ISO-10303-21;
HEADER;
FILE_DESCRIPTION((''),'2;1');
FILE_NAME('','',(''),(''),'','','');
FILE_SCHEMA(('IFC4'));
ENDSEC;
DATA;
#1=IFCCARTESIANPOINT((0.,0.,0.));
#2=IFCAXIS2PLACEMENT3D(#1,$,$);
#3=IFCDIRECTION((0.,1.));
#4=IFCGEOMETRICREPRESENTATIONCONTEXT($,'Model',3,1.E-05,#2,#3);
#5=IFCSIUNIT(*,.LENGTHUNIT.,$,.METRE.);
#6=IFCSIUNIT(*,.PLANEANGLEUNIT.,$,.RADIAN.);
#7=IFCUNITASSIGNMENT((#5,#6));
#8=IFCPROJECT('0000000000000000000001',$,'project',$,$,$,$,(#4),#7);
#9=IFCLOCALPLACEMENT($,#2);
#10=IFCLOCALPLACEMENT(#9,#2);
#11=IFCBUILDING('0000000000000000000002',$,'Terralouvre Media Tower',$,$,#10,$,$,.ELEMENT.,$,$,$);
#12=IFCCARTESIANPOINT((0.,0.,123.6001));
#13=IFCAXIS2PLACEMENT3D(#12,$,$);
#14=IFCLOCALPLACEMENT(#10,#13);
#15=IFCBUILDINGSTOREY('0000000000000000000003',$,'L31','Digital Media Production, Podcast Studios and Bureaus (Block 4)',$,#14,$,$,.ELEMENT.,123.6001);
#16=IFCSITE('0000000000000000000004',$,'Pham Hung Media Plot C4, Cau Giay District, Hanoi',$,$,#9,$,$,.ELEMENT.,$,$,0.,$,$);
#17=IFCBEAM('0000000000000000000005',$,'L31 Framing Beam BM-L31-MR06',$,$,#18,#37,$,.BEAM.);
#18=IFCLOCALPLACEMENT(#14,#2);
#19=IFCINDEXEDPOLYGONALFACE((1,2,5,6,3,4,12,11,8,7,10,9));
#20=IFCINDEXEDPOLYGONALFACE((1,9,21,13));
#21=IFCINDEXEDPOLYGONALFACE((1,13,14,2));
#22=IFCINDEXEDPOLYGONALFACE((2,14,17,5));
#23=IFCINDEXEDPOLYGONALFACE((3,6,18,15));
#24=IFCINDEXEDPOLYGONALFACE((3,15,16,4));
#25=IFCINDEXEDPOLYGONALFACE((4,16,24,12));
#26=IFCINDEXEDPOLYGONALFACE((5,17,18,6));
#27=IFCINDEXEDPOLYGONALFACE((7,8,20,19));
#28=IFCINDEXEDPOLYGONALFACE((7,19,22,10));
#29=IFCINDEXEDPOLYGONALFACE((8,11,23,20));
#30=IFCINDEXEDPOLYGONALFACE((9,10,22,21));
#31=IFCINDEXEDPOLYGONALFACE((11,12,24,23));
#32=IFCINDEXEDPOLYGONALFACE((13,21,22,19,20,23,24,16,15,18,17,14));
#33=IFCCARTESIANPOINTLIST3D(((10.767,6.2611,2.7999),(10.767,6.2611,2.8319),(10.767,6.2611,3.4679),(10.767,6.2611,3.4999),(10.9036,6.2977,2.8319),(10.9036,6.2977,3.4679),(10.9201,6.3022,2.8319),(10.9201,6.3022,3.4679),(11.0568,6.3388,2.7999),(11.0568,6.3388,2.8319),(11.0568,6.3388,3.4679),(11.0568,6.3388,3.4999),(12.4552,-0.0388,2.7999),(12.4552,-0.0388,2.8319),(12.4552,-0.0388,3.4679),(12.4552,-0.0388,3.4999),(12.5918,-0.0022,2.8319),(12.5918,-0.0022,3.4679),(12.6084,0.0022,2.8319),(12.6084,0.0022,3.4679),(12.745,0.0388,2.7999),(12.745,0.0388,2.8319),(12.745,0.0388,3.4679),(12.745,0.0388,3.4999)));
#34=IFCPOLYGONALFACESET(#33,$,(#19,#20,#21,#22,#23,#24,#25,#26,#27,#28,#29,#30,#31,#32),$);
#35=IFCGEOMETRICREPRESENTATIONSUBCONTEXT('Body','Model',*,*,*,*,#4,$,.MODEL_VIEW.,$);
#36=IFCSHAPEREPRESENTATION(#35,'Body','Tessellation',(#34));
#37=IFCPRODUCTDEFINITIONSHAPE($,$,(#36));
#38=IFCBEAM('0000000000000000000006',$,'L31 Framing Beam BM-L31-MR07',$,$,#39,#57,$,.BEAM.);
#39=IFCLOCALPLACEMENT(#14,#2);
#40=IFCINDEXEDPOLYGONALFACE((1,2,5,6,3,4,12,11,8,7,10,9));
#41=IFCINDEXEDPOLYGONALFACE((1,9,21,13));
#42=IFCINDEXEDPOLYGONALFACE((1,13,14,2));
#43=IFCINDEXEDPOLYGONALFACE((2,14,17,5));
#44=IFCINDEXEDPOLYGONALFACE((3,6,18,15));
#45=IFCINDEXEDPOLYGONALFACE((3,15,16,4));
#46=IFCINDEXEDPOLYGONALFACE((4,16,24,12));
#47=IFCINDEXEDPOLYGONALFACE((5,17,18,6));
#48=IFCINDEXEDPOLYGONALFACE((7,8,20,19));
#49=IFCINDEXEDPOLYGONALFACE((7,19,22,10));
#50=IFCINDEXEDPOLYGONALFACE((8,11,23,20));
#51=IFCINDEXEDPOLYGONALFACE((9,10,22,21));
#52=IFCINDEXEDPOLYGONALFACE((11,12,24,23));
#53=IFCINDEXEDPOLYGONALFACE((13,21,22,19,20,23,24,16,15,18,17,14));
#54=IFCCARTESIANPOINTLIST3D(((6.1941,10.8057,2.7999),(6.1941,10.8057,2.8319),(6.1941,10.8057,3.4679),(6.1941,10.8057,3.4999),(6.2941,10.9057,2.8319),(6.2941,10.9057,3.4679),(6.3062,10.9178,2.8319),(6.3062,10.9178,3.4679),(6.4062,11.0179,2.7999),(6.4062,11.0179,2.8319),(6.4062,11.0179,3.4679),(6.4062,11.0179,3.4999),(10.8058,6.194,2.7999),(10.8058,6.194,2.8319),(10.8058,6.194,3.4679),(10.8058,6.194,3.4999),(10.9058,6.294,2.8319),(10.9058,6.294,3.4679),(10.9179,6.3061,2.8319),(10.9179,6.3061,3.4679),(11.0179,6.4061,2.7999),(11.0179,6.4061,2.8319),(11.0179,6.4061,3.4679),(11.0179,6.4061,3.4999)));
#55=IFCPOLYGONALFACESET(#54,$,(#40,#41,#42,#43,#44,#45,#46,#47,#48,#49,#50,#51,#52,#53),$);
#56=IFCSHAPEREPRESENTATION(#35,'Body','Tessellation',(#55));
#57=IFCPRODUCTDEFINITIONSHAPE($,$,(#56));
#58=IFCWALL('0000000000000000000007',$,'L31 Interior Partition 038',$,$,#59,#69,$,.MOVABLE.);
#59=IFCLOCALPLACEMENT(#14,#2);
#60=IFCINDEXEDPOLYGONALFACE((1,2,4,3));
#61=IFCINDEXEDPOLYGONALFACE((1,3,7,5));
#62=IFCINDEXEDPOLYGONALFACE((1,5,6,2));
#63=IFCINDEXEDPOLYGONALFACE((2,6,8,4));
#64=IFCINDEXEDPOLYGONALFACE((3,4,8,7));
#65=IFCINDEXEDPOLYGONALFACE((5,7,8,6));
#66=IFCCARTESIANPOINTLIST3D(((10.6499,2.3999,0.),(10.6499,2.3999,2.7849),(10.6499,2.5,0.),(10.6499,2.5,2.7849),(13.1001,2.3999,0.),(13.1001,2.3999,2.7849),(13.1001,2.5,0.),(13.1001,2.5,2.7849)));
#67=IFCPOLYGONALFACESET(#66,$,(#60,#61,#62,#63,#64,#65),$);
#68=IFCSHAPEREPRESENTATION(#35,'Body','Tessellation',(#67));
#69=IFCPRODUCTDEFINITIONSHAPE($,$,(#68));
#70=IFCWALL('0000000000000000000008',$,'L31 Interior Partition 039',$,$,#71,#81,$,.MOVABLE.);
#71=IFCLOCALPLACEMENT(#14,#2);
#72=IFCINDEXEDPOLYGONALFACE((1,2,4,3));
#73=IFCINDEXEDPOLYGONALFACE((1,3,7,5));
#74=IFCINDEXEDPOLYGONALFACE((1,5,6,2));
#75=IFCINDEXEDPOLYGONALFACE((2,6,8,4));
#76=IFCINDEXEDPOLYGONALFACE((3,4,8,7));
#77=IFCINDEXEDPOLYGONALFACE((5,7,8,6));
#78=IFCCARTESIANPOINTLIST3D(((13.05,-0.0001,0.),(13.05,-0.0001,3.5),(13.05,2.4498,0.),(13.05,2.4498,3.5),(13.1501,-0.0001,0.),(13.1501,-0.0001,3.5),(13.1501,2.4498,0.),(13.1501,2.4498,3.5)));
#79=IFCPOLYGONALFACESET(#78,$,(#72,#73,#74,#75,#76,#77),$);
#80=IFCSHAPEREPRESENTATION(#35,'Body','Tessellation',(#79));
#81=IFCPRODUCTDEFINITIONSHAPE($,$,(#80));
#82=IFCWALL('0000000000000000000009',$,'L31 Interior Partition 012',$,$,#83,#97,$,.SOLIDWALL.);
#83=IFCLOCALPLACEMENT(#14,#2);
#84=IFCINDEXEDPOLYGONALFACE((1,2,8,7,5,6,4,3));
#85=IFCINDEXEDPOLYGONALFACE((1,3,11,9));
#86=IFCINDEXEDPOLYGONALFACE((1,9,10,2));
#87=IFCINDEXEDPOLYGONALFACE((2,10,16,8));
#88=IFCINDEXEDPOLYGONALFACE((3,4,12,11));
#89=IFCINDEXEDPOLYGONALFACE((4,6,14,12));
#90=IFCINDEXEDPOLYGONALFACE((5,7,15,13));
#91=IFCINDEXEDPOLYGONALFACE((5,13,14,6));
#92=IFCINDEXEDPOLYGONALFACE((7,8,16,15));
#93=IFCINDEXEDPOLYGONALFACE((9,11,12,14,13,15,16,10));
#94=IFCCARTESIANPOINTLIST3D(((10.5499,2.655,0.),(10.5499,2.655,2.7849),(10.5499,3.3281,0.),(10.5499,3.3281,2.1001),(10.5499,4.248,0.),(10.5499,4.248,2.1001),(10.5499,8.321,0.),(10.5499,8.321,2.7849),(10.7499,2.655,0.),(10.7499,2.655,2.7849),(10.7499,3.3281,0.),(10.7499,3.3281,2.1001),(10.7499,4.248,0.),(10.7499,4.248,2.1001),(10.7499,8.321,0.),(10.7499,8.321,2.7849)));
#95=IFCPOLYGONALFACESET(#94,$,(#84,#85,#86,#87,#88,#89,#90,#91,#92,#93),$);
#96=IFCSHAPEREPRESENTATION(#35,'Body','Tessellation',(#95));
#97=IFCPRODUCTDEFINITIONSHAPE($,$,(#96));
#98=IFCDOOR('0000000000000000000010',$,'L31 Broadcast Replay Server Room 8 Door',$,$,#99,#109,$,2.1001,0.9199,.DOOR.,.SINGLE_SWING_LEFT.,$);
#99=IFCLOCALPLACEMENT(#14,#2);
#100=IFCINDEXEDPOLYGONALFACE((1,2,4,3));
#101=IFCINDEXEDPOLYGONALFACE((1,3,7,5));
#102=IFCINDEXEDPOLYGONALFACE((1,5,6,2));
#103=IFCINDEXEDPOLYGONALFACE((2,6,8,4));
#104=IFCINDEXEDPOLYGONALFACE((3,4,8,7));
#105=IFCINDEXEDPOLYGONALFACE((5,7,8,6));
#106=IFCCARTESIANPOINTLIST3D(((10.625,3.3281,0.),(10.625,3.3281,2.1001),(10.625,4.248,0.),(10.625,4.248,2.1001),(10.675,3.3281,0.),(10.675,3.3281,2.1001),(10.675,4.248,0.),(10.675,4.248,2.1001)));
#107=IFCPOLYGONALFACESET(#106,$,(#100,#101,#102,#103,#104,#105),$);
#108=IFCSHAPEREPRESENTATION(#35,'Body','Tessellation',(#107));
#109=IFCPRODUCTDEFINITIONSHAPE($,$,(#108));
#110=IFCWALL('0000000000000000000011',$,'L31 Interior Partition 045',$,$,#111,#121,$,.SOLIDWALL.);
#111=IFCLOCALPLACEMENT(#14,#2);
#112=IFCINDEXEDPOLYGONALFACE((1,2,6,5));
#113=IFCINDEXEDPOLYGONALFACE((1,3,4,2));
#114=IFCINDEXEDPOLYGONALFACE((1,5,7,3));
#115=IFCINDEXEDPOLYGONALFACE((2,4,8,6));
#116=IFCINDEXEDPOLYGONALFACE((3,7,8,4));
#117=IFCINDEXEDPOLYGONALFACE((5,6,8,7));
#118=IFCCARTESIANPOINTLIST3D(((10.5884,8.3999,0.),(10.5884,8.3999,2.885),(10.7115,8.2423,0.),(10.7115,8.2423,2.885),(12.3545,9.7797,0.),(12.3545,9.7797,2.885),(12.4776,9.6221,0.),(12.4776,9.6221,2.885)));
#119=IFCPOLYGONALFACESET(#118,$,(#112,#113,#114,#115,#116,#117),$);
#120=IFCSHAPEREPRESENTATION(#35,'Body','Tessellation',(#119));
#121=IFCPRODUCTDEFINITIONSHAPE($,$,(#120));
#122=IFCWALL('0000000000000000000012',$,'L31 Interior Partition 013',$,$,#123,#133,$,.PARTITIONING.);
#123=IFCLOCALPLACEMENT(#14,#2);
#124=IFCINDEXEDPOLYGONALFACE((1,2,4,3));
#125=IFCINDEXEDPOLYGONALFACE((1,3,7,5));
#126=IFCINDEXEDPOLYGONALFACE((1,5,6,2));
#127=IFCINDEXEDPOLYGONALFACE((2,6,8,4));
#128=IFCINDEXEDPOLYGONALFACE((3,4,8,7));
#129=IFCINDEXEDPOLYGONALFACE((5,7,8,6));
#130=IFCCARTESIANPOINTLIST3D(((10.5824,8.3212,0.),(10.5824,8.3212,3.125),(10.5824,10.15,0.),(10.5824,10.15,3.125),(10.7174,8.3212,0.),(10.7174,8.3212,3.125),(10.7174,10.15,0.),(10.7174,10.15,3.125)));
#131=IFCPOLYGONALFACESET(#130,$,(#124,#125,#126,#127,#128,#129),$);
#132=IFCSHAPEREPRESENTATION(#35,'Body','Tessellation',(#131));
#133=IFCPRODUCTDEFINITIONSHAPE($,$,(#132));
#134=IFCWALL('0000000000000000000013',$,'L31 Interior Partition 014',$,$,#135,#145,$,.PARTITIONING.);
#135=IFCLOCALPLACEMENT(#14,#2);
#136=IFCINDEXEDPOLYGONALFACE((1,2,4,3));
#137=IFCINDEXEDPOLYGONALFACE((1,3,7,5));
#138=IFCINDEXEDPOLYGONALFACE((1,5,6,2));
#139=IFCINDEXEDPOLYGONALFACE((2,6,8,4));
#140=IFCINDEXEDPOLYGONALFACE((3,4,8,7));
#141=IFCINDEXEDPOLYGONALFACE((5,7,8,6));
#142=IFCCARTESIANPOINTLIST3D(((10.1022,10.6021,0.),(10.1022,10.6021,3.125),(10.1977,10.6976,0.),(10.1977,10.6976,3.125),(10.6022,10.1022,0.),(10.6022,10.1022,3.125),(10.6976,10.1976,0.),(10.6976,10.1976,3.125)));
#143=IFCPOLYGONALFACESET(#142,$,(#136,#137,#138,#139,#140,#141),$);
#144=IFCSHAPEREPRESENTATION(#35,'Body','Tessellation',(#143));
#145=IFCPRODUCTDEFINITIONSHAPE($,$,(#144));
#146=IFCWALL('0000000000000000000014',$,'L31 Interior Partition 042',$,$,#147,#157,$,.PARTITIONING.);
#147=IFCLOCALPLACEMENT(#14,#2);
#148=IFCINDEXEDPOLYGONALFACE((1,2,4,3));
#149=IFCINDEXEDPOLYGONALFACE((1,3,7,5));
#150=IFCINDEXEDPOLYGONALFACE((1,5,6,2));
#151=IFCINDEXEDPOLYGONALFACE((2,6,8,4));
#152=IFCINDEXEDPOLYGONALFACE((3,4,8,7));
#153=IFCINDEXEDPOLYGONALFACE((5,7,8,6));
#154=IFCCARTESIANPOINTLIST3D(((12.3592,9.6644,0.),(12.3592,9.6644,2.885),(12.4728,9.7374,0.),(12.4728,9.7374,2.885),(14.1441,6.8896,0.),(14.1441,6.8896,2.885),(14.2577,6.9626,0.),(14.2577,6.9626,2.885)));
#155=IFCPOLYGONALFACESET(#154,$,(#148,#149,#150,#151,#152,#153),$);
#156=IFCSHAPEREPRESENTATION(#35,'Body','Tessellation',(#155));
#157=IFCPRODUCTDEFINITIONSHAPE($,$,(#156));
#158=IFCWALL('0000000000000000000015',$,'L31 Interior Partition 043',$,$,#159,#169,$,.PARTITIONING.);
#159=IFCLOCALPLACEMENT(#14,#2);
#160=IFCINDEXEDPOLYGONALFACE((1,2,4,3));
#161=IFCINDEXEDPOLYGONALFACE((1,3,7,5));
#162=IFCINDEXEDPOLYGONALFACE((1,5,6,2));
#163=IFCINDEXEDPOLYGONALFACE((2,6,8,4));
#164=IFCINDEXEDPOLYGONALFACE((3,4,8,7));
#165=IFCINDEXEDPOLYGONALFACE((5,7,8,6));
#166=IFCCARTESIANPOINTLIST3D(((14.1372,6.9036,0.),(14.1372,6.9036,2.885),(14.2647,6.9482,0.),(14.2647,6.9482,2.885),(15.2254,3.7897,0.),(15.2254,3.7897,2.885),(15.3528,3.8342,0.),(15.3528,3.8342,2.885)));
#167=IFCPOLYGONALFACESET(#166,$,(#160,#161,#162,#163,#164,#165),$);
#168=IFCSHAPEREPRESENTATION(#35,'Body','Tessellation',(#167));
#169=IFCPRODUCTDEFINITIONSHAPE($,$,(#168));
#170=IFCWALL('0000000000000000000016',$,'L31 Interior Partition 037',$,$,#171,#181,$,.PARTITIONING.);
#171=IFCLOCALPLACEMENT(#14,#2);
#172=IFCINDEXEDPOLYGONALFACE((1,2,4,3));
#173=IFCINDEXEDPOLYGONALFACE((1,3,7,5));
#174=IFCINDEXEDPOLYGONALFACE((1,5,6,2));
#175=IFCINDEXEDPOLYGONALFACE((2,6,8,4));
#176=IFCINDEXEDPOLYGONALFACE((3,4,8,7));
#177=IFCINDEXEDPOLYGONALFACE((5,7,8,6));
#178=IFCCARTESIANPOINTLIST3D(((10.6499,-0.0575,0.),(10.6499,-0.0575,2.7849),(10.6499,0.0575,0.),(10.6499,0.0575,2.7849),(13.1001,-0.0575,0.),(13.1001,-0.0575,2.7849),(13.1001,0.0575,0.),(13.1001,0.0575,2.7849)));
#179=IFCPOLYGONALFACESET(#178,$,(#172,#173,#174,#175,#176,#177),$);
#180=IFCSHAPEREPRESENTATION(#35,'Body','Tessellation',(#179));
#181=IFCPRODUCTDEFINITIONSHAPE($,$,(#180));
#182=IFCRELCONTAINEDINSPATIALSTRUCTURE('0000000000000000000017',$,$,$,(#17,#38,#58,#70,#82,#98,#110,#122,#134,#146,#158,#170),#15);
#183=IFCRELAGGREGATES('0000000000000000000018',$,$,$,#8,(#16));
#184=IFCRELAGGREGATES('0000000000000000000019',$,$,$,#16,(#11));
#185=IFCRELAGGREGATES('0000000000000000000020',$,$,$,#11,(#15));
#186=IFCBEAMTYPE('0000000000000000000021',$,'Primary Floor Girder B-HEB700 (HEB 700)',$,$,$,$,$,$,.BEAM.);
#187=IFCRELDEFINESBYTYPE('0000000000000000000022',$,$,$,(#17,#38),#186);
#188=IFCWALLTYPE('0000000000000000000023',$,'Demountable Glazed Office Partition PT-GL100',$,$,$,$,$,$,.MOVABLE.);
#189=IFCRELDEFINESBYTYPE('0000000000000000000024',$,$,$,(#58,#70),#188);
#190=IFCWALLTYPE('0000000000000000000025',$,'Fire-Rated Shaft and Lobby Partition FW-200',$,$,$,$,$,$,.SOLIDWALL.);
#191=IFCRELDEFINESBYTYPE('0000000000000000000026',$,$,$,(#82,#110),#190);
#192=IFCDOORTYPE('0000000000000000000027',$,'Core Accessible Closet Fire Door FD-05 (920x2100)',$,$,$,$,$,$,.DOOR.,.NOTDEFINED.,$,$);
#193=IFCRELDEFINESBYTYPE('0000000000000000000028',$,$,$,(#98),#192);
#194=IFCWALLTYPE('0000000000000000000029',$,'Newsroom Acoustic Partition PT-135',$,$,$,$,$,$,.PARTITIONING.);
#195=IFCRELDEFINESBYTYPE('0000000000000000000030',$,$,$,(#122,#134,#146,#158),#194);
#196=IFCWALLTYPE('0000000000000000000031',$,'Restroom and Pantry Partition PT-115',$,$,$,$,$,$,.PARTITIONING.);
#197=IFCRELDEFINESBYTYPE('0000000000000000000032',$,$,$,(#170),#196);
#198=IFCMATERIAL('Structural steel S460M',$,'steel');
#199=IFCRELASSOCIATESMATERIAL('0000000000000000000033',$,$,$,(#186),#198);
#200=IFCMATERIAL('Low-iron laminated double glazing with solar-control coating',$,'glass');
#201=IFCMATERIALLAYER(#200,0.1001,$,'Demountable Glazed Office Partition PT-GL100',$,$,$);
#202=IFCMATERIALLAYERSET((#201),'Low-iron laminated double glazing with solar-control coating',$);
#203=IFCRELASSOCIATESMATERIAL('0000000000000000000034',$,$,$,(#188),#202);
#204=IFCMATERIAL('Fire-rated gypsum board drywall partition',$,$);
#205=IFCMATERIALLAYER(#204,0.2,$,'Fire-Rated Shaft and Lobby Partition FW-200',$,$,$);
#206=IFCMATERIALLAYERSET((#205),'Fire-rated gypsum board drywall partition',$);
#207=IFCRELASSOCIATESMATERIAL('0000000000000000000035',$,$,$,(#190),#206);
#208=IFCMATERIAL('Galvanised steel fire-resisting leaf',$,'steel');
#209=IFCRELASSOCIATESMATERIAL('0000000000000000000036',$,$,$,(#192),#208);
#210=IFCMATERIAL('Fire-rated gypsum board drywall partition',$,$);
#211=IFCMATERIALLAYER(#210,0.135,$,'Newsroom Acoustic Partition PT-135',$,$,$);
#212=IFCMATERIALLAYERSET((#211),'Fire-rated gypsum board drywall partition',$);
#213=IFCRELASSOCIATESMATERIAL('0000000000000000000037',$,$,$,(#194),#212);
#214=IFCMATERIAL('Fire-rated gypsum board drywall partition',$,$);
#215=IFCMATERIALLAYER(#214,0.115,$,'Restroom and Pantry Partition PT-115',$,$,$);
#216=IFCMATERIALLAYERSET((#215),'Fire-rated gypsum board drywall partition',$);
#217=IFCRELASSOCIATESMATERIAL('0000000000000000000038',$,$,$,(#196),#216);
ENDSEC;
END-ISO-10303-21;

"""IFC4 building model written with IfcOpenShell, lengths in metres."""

from ifc_helpers import new_model, si_unit, direction, frame, frame_2d, origin, origin_2d, place, context, subcontext, project, spatial, rectangle, i_section, extrude, material, layer, layer_set, material_profile, profile_set, type_object, element, fill, save


model = new_model("IFC4")

# Units and contexts
model_context = context("Model", 3, precision=1e-05, world=origin(), true_north=direction((0.0, 1.0)))
body_context = subcontext(model_context, "Body", "Model", "MODEL_VIEW")
ifc_project = project(units=[si_unit("LENGTHUNIT", "METRE"), si_unit("PLANEANGLEUNIT", "RADIAN")], contexts=[model_context])

# Site, building, storey
site_placement = place(None, origin())
site = spatial("IfcSite", under=ifc_project, at=site_placement, Name="Pham Hung Media Plot C4, Cau Giay District, Hanoi", CompositionType="ELEMENT", RefElevation=0.0)
building_placement = place(site_placement, origin())
building = spatial("IfcBuilding", under=site, at=building_placement, Name="Terralouvre Media Tower", CompositionType="ELEMENT")
storey_placement = place(building_placement, frame((0.0, 0.0, 123.6001)))
storey = spatial("IfcBuildingStorey", under=building, at=storey_placement, Name="L31", Description="Digital Media Production, Podcast Studios and Bureaus (Block 4)", CompositionType="ELEMENT", Elevation=123.6001)

# Beams
ifc_material_1 = material(Name="Structural steel S460M", Category="steel")
ifc_material_profile_1 = material_profile(ifc_material_1, i_section(OverallWidth=0.3, OverallDepth=0.7, WebThickness=0.0171, FlangeThickness=0.032, at=origin_2d()), Name="HEB 700")
ifc_profile_set_1 = profile_set([ifc_material_profile_1], Name="Structural steel S460M")
beam_type_1 = type_object("IfcBeamType", Name="Primary Floor Girder B-HEB700 (HEB 700)", PredefinedType="BEAM", material=ifc_profile_set_1)
beam_1_placement = place(storey_placement, frame((12.6001, 0.0, 3.1499), z_axis=(-0.258839, 0.96592, 0.0), x_axis=(-0.96592, -0.258839, 0.0)))
element("IfcBeam", 1, at=beam_1_placement, inside=storey, type_object=beam_type_1, Name="L31 Framing Beam BM-L31-MR06", PredefinedType="BEAM", context=body_context, shape_type="SweptSolid", body=[
    extrude(i_section(OverallWidth=0.3, OverallDepth=0.7, WebThickness=0.0171, FlangeThickness=0.032, at=origin_2d()), origin(), (0.0, 0.0, 1.0), 6.5222),
])
beam_2_placement = place(storey_placement, frame((10.9119, 6.3, 3.1499), z_axis=(-0.707107, 0.707107, 0.0), x_axis=(-0.707107, -0.707107, 0.0)))
element("IfcBeam", 2, at=beam_2_placement, inside=storey, type_object=beam_type_1, Name="L31 Framing Beam BM-L31-MR07", PredefinedType="BEAM", context=body_context, shape_type="SweptSolid", body=[
    extrude(i_section(OverallWidth=0.3, OverallDepth=0.7, WebThickness=0.0171, FlangeThickness=0.032, at=origin_2d()), origin(), (0.0, 0.0, 1.0), 6.522),
])

# Walls
ifc_material_2 = material(Name="Low-iron laminated double glazing with solar-control coating", Category="glass")
ifc_layer_1 = layer(ifc_material_2, 0.1001, Name="Demountable Glazed Office Partition PT-GL100")
ifc_layer_set_1 = layer_set([ifc_layer_1], Name="Low-iron laminated double glazing with solar-control coating")
wall_type_1 = type_object("IfcWallType", Name="Demountable Glazed Office Partition PT-GL100", PredefinedType="MOVABLE", material=ifc_layer_set_1)
wall_1_placement = place(storey_placement, frame((10.6499, 2.45, 0.0), z_axis=(0.0, 0.0, 1.0), x_axis=(1.0, 0.0, 0.0)))
element("IfcWall", 3, at=wall_1_placement, inside=storey, type_object=wall_type_1, Name="L31 Interior Partition 038", PredefinedType="MOVABLE", context=body_context, shape_type="SweptSolid", body=[
    extrude(rectangle(XDim=2.4502, YDim=0.1001, at=frame_2d((1.2251, 0.0))), origin(), (0.0, 0.0, 1.0), 2.7849),
])
wall_2_placement = place(storey_placement, frame((13.1001, 2.45, 0.0), z_axis=(0.0, 0.0, 1.0), x_axis=(0.0, -1.0, 0.0)))
element("IfcWall", 4, at=wall_2_placement, inside=storey, type_object=wall_type_1, Name="L31 Interior Partition 039", PredefinedType="MOVABLE", context=body_context, shape_type="SweptSolid", body=[
    extrude(rectangle(XDim=2.45, YDim=0.1001, at=frame_2d((1.2251, 0.0))), origin(), (0.0, 0.0, 1.0), 3.5),
])

# Wall, opening, door
ifc_material_3 = material(Name="Fire-rated gypsum board drywall partition")
ifc_layer_2 = layer(ifc_material_3, 0.2, Name="Fire-Rated Shaft and Lobby Partition FW-200")
ifc_layer_set_2 = layer_set([ifc_layer_2], Name="Fire-rated gypsum board drywall partition")
wall_type_2 = type_object("IfcWallType", Name="Fire-Rated Shaft and Lobby Partition FW-200", PredefinedType="SOLIDWALL", material=ifc_layer_set_2)
wall_3_placement = place(storey_placement, frame((10.6499, 2.655, 0.0), z_axis=(0.0, 0.0, 1.0), x_axis=(0.0, 1.0, 0.0)))
wall_3 = element("IfcWall", 5, at=wall_3_placement, inside=storey, type_object=wall_type_2, Name="L31 Interior Partition 012", PredefinedType="SOLIDWALL", context=body_context, shape_type="SweptSolid", body=[
    extrude(rectangle(XDim=5.666, YDim=0.2, at=frame_2d((2.833, 0.0))), origin(), (0.0, 0.0, 1.0), 2.7849),
])
opening_placement = place(wall_3_placement, frame((0.6731, 0.0, 0.0)))
opening = element("IfcOpeningElement", 6, at=opening_placement, cuts=wall_3, PredefinedType="OPENING", context=body_context, shape_type="SweptSolid", body=[
    extrude(rectangle(XDim=0.9199, YDim=2.1001, at=frame_2d((0.46, 1.05))), frame((0.0, 0.1099, 0.0), z_axis=(0.0, -1.0, 0.0), x_axis=(1.0, 0.0, 0.0)), (0.0, 0.0, 1.0), 0.22),
])
ifc_material_4 = material(Name="Galvanised steel fire-resisting leaf", Category="steel")
door_type = type_object("IfcDoorType", Name="Core Accessible Closet Fire Door FD-05 (920x2100)", OperationType="NOTDEFINED", PredefinedType="DOOR", material=ifc_material_4)
door_placement = place(opening_placement, origin())
door = element("IfcDoor", 7, at=door_placement, inside=storey, type_object=door_type, Name="L31 Broadcast Replay Server Room 8 Door", OperationType="SINGLE_SWING_LEFT", OverallHeight=2.1001, OverallWidth=0.9199, PredefinedType="DOOR", context=body_context, shape_type="SweptSolid", body=[
    extrude(rectangle(XDim=0.9199, YDim=2.1001, at=frame_2d((0.46, 1.05))), frame((0.0, 0.0249, 0.0), z_axis=(0.0, -1.0, 0.0), x_axis=(1.0, 0.0, 0.0)), (0.0, 0.0, 1.0), 0.05),
])
fill(opening, door)

# Walls
wall_4_placement = place(storey_placement, frame((12.416, 9.7009, 0.0), z_axis=(0.0, 0.0, 1.0), x_axis=(-0.788001, -0.615674, 0.0)))
element("IfcWall", 8, at=wall_4_placement, inside=storey, type_object=wall_type_2, Name="L31 Interior Partition 045", PredefinedType="SOLIDWALL", context=body_context, shape_type="SweptSolid", body=[
    extrude(rectangle(XDim=2.2412, YDim=0.2, at=frame_2d((1.1206, 0.0))), origin(), (0.0, 0.0, 1.0), 2.885),
])
ifc_material_5 = material(Name="Fire-rated gypsum board drywall partition")
ifc_layer_3 = layer(ifc_material_5, 0.135, Name="Newsroom Acoustic Partition PT-135")
ifc_layer_set_3 = layer_set([ifc_layer_3], Name="Fire-rated gypsum board drywall partition")
wall_type_3 = type_object("IfcWallType", Name="Newsroom Acoustic Partition PT-135", PredefinedType="PARTITIONING", material=ifc_layer_set_3)
wall_5_placement = place(storey_placement, frame((10.6499, 8.321, 0.0), z_axis=(0.0, 0.0, 1.0), x_axis=(0.0, 1.0, 0.0)))
element("IfcWall", 9, at=wall_5_placement, inside=storey, type_object=wall_type_3, Name="L31 Interior Partition 013", PredefinedType="PARTITIONING", context=body_context, shape_type="SweptSolid", body=[
    extrude(rectangle(XDim=1.8289, YDim=0.135, at=frame_2d((0.9146, 0.0))), origin(), (0.0, 0.0, 1.0), 3.125),
])
wall_6_placement = place(storey_placement, frame((10.6499, 10.1499, 0.0), z_axis=(0.0, 0.0, 1.0), x_axis=(-0.707107, 0.707107, 0.0)))
element("IfcWall", 10, at=wall_6_placement, inside=storey, type_object=wall_type_3, Name="L31 Interior Partition 014", PredefinedType="PARTITIONING", context=body_context, shape_type="SweptSolid", body=[
    extrude(rectangle(XDim=0.707, YDim=0.135, at=frame_2d((0.3535, 0.0))), origin(), (0.0, 0.0, 1.0), 3.125),
])
wall_7_placement = place(storey_placement, frame((12.416, 9.7009, 0.0), z_axis=(0.0, 0.0, 1.0), x_axis=(0.540982, -0.841034, 0.0)))
element("IfcWall", 11, at=wall_7_placement, inside=storey, type_object=wall_type_3, Name="L31 Interior Partition 042", PredefinedType="PARTITIONING", context=body_context, shape_type="SweptSolid", body=[
    extrude(rectangle(XDim=3.2993, YDim=0.135, at=frame_2d((1.6497, 0.0))), origin(), (0.0, 0.0, 1.0), 2.885),
])
wall_8_placement = place(storey_placement, frame((14.2009, 6.926, 0.0), z_axis=(0.0, 0.0, 1.0), x_axis=(0.329872, -0.944026, 0.0)))
element("IfcWall", 12, at=wall_8_placement, inside=storey, type_object=wall_type_3, Name="L31 Interior Partition 043", PredefinedType="PARTITIONING", context=body_context, shape_type="SweptSolid", body=[
    extrude(rectangle(XDim=3.2986, YDim=0.135, at=frame_2d((1.6494, 0.0))), origin(), (0.0, 0.0, 1.0), 2.885),
])
ifc_material_6 = material(Name="Fire-rated gypsum board drywall partition")
ifc_layer_4 = layer(ifc_material_6, 0.115, Name="Restroom and Pantry Partition PT-115")
ifc_layer_set_4 = layer_set([ifc_layer_4], Name="Fire-rated gypsum board drywall partition")
wall_type_4 = type_object("IfcWallType", Name="Restroom and Pantry Partition PT-115", PredefinedType="PARTITIONING", material=ifc_layer_set_4)
wall_9_placement = place(storey_placement, frame((13.1001, 0.0, 0.0), z_axis=(0.0, 0.0, 1.0), x_axis=(-1.0, 0.0, 0.0)))
element("IfcWall", 13, at=wall_9_placement, inside=storey, type_object=wall_type_4, Name="L31 Interior Partition 037", PredefinedType="PARTITIONING", context=body_context, shape_type="SweptSolid", body=[
    extrude(rectangle(XDim=2.4502, YDim=0.115, at=frame_2d((1.2251, 0.0))), origin(), (0.0, 0.0, 1.0), 2.7849),
])

save(model, "model.ifc")
